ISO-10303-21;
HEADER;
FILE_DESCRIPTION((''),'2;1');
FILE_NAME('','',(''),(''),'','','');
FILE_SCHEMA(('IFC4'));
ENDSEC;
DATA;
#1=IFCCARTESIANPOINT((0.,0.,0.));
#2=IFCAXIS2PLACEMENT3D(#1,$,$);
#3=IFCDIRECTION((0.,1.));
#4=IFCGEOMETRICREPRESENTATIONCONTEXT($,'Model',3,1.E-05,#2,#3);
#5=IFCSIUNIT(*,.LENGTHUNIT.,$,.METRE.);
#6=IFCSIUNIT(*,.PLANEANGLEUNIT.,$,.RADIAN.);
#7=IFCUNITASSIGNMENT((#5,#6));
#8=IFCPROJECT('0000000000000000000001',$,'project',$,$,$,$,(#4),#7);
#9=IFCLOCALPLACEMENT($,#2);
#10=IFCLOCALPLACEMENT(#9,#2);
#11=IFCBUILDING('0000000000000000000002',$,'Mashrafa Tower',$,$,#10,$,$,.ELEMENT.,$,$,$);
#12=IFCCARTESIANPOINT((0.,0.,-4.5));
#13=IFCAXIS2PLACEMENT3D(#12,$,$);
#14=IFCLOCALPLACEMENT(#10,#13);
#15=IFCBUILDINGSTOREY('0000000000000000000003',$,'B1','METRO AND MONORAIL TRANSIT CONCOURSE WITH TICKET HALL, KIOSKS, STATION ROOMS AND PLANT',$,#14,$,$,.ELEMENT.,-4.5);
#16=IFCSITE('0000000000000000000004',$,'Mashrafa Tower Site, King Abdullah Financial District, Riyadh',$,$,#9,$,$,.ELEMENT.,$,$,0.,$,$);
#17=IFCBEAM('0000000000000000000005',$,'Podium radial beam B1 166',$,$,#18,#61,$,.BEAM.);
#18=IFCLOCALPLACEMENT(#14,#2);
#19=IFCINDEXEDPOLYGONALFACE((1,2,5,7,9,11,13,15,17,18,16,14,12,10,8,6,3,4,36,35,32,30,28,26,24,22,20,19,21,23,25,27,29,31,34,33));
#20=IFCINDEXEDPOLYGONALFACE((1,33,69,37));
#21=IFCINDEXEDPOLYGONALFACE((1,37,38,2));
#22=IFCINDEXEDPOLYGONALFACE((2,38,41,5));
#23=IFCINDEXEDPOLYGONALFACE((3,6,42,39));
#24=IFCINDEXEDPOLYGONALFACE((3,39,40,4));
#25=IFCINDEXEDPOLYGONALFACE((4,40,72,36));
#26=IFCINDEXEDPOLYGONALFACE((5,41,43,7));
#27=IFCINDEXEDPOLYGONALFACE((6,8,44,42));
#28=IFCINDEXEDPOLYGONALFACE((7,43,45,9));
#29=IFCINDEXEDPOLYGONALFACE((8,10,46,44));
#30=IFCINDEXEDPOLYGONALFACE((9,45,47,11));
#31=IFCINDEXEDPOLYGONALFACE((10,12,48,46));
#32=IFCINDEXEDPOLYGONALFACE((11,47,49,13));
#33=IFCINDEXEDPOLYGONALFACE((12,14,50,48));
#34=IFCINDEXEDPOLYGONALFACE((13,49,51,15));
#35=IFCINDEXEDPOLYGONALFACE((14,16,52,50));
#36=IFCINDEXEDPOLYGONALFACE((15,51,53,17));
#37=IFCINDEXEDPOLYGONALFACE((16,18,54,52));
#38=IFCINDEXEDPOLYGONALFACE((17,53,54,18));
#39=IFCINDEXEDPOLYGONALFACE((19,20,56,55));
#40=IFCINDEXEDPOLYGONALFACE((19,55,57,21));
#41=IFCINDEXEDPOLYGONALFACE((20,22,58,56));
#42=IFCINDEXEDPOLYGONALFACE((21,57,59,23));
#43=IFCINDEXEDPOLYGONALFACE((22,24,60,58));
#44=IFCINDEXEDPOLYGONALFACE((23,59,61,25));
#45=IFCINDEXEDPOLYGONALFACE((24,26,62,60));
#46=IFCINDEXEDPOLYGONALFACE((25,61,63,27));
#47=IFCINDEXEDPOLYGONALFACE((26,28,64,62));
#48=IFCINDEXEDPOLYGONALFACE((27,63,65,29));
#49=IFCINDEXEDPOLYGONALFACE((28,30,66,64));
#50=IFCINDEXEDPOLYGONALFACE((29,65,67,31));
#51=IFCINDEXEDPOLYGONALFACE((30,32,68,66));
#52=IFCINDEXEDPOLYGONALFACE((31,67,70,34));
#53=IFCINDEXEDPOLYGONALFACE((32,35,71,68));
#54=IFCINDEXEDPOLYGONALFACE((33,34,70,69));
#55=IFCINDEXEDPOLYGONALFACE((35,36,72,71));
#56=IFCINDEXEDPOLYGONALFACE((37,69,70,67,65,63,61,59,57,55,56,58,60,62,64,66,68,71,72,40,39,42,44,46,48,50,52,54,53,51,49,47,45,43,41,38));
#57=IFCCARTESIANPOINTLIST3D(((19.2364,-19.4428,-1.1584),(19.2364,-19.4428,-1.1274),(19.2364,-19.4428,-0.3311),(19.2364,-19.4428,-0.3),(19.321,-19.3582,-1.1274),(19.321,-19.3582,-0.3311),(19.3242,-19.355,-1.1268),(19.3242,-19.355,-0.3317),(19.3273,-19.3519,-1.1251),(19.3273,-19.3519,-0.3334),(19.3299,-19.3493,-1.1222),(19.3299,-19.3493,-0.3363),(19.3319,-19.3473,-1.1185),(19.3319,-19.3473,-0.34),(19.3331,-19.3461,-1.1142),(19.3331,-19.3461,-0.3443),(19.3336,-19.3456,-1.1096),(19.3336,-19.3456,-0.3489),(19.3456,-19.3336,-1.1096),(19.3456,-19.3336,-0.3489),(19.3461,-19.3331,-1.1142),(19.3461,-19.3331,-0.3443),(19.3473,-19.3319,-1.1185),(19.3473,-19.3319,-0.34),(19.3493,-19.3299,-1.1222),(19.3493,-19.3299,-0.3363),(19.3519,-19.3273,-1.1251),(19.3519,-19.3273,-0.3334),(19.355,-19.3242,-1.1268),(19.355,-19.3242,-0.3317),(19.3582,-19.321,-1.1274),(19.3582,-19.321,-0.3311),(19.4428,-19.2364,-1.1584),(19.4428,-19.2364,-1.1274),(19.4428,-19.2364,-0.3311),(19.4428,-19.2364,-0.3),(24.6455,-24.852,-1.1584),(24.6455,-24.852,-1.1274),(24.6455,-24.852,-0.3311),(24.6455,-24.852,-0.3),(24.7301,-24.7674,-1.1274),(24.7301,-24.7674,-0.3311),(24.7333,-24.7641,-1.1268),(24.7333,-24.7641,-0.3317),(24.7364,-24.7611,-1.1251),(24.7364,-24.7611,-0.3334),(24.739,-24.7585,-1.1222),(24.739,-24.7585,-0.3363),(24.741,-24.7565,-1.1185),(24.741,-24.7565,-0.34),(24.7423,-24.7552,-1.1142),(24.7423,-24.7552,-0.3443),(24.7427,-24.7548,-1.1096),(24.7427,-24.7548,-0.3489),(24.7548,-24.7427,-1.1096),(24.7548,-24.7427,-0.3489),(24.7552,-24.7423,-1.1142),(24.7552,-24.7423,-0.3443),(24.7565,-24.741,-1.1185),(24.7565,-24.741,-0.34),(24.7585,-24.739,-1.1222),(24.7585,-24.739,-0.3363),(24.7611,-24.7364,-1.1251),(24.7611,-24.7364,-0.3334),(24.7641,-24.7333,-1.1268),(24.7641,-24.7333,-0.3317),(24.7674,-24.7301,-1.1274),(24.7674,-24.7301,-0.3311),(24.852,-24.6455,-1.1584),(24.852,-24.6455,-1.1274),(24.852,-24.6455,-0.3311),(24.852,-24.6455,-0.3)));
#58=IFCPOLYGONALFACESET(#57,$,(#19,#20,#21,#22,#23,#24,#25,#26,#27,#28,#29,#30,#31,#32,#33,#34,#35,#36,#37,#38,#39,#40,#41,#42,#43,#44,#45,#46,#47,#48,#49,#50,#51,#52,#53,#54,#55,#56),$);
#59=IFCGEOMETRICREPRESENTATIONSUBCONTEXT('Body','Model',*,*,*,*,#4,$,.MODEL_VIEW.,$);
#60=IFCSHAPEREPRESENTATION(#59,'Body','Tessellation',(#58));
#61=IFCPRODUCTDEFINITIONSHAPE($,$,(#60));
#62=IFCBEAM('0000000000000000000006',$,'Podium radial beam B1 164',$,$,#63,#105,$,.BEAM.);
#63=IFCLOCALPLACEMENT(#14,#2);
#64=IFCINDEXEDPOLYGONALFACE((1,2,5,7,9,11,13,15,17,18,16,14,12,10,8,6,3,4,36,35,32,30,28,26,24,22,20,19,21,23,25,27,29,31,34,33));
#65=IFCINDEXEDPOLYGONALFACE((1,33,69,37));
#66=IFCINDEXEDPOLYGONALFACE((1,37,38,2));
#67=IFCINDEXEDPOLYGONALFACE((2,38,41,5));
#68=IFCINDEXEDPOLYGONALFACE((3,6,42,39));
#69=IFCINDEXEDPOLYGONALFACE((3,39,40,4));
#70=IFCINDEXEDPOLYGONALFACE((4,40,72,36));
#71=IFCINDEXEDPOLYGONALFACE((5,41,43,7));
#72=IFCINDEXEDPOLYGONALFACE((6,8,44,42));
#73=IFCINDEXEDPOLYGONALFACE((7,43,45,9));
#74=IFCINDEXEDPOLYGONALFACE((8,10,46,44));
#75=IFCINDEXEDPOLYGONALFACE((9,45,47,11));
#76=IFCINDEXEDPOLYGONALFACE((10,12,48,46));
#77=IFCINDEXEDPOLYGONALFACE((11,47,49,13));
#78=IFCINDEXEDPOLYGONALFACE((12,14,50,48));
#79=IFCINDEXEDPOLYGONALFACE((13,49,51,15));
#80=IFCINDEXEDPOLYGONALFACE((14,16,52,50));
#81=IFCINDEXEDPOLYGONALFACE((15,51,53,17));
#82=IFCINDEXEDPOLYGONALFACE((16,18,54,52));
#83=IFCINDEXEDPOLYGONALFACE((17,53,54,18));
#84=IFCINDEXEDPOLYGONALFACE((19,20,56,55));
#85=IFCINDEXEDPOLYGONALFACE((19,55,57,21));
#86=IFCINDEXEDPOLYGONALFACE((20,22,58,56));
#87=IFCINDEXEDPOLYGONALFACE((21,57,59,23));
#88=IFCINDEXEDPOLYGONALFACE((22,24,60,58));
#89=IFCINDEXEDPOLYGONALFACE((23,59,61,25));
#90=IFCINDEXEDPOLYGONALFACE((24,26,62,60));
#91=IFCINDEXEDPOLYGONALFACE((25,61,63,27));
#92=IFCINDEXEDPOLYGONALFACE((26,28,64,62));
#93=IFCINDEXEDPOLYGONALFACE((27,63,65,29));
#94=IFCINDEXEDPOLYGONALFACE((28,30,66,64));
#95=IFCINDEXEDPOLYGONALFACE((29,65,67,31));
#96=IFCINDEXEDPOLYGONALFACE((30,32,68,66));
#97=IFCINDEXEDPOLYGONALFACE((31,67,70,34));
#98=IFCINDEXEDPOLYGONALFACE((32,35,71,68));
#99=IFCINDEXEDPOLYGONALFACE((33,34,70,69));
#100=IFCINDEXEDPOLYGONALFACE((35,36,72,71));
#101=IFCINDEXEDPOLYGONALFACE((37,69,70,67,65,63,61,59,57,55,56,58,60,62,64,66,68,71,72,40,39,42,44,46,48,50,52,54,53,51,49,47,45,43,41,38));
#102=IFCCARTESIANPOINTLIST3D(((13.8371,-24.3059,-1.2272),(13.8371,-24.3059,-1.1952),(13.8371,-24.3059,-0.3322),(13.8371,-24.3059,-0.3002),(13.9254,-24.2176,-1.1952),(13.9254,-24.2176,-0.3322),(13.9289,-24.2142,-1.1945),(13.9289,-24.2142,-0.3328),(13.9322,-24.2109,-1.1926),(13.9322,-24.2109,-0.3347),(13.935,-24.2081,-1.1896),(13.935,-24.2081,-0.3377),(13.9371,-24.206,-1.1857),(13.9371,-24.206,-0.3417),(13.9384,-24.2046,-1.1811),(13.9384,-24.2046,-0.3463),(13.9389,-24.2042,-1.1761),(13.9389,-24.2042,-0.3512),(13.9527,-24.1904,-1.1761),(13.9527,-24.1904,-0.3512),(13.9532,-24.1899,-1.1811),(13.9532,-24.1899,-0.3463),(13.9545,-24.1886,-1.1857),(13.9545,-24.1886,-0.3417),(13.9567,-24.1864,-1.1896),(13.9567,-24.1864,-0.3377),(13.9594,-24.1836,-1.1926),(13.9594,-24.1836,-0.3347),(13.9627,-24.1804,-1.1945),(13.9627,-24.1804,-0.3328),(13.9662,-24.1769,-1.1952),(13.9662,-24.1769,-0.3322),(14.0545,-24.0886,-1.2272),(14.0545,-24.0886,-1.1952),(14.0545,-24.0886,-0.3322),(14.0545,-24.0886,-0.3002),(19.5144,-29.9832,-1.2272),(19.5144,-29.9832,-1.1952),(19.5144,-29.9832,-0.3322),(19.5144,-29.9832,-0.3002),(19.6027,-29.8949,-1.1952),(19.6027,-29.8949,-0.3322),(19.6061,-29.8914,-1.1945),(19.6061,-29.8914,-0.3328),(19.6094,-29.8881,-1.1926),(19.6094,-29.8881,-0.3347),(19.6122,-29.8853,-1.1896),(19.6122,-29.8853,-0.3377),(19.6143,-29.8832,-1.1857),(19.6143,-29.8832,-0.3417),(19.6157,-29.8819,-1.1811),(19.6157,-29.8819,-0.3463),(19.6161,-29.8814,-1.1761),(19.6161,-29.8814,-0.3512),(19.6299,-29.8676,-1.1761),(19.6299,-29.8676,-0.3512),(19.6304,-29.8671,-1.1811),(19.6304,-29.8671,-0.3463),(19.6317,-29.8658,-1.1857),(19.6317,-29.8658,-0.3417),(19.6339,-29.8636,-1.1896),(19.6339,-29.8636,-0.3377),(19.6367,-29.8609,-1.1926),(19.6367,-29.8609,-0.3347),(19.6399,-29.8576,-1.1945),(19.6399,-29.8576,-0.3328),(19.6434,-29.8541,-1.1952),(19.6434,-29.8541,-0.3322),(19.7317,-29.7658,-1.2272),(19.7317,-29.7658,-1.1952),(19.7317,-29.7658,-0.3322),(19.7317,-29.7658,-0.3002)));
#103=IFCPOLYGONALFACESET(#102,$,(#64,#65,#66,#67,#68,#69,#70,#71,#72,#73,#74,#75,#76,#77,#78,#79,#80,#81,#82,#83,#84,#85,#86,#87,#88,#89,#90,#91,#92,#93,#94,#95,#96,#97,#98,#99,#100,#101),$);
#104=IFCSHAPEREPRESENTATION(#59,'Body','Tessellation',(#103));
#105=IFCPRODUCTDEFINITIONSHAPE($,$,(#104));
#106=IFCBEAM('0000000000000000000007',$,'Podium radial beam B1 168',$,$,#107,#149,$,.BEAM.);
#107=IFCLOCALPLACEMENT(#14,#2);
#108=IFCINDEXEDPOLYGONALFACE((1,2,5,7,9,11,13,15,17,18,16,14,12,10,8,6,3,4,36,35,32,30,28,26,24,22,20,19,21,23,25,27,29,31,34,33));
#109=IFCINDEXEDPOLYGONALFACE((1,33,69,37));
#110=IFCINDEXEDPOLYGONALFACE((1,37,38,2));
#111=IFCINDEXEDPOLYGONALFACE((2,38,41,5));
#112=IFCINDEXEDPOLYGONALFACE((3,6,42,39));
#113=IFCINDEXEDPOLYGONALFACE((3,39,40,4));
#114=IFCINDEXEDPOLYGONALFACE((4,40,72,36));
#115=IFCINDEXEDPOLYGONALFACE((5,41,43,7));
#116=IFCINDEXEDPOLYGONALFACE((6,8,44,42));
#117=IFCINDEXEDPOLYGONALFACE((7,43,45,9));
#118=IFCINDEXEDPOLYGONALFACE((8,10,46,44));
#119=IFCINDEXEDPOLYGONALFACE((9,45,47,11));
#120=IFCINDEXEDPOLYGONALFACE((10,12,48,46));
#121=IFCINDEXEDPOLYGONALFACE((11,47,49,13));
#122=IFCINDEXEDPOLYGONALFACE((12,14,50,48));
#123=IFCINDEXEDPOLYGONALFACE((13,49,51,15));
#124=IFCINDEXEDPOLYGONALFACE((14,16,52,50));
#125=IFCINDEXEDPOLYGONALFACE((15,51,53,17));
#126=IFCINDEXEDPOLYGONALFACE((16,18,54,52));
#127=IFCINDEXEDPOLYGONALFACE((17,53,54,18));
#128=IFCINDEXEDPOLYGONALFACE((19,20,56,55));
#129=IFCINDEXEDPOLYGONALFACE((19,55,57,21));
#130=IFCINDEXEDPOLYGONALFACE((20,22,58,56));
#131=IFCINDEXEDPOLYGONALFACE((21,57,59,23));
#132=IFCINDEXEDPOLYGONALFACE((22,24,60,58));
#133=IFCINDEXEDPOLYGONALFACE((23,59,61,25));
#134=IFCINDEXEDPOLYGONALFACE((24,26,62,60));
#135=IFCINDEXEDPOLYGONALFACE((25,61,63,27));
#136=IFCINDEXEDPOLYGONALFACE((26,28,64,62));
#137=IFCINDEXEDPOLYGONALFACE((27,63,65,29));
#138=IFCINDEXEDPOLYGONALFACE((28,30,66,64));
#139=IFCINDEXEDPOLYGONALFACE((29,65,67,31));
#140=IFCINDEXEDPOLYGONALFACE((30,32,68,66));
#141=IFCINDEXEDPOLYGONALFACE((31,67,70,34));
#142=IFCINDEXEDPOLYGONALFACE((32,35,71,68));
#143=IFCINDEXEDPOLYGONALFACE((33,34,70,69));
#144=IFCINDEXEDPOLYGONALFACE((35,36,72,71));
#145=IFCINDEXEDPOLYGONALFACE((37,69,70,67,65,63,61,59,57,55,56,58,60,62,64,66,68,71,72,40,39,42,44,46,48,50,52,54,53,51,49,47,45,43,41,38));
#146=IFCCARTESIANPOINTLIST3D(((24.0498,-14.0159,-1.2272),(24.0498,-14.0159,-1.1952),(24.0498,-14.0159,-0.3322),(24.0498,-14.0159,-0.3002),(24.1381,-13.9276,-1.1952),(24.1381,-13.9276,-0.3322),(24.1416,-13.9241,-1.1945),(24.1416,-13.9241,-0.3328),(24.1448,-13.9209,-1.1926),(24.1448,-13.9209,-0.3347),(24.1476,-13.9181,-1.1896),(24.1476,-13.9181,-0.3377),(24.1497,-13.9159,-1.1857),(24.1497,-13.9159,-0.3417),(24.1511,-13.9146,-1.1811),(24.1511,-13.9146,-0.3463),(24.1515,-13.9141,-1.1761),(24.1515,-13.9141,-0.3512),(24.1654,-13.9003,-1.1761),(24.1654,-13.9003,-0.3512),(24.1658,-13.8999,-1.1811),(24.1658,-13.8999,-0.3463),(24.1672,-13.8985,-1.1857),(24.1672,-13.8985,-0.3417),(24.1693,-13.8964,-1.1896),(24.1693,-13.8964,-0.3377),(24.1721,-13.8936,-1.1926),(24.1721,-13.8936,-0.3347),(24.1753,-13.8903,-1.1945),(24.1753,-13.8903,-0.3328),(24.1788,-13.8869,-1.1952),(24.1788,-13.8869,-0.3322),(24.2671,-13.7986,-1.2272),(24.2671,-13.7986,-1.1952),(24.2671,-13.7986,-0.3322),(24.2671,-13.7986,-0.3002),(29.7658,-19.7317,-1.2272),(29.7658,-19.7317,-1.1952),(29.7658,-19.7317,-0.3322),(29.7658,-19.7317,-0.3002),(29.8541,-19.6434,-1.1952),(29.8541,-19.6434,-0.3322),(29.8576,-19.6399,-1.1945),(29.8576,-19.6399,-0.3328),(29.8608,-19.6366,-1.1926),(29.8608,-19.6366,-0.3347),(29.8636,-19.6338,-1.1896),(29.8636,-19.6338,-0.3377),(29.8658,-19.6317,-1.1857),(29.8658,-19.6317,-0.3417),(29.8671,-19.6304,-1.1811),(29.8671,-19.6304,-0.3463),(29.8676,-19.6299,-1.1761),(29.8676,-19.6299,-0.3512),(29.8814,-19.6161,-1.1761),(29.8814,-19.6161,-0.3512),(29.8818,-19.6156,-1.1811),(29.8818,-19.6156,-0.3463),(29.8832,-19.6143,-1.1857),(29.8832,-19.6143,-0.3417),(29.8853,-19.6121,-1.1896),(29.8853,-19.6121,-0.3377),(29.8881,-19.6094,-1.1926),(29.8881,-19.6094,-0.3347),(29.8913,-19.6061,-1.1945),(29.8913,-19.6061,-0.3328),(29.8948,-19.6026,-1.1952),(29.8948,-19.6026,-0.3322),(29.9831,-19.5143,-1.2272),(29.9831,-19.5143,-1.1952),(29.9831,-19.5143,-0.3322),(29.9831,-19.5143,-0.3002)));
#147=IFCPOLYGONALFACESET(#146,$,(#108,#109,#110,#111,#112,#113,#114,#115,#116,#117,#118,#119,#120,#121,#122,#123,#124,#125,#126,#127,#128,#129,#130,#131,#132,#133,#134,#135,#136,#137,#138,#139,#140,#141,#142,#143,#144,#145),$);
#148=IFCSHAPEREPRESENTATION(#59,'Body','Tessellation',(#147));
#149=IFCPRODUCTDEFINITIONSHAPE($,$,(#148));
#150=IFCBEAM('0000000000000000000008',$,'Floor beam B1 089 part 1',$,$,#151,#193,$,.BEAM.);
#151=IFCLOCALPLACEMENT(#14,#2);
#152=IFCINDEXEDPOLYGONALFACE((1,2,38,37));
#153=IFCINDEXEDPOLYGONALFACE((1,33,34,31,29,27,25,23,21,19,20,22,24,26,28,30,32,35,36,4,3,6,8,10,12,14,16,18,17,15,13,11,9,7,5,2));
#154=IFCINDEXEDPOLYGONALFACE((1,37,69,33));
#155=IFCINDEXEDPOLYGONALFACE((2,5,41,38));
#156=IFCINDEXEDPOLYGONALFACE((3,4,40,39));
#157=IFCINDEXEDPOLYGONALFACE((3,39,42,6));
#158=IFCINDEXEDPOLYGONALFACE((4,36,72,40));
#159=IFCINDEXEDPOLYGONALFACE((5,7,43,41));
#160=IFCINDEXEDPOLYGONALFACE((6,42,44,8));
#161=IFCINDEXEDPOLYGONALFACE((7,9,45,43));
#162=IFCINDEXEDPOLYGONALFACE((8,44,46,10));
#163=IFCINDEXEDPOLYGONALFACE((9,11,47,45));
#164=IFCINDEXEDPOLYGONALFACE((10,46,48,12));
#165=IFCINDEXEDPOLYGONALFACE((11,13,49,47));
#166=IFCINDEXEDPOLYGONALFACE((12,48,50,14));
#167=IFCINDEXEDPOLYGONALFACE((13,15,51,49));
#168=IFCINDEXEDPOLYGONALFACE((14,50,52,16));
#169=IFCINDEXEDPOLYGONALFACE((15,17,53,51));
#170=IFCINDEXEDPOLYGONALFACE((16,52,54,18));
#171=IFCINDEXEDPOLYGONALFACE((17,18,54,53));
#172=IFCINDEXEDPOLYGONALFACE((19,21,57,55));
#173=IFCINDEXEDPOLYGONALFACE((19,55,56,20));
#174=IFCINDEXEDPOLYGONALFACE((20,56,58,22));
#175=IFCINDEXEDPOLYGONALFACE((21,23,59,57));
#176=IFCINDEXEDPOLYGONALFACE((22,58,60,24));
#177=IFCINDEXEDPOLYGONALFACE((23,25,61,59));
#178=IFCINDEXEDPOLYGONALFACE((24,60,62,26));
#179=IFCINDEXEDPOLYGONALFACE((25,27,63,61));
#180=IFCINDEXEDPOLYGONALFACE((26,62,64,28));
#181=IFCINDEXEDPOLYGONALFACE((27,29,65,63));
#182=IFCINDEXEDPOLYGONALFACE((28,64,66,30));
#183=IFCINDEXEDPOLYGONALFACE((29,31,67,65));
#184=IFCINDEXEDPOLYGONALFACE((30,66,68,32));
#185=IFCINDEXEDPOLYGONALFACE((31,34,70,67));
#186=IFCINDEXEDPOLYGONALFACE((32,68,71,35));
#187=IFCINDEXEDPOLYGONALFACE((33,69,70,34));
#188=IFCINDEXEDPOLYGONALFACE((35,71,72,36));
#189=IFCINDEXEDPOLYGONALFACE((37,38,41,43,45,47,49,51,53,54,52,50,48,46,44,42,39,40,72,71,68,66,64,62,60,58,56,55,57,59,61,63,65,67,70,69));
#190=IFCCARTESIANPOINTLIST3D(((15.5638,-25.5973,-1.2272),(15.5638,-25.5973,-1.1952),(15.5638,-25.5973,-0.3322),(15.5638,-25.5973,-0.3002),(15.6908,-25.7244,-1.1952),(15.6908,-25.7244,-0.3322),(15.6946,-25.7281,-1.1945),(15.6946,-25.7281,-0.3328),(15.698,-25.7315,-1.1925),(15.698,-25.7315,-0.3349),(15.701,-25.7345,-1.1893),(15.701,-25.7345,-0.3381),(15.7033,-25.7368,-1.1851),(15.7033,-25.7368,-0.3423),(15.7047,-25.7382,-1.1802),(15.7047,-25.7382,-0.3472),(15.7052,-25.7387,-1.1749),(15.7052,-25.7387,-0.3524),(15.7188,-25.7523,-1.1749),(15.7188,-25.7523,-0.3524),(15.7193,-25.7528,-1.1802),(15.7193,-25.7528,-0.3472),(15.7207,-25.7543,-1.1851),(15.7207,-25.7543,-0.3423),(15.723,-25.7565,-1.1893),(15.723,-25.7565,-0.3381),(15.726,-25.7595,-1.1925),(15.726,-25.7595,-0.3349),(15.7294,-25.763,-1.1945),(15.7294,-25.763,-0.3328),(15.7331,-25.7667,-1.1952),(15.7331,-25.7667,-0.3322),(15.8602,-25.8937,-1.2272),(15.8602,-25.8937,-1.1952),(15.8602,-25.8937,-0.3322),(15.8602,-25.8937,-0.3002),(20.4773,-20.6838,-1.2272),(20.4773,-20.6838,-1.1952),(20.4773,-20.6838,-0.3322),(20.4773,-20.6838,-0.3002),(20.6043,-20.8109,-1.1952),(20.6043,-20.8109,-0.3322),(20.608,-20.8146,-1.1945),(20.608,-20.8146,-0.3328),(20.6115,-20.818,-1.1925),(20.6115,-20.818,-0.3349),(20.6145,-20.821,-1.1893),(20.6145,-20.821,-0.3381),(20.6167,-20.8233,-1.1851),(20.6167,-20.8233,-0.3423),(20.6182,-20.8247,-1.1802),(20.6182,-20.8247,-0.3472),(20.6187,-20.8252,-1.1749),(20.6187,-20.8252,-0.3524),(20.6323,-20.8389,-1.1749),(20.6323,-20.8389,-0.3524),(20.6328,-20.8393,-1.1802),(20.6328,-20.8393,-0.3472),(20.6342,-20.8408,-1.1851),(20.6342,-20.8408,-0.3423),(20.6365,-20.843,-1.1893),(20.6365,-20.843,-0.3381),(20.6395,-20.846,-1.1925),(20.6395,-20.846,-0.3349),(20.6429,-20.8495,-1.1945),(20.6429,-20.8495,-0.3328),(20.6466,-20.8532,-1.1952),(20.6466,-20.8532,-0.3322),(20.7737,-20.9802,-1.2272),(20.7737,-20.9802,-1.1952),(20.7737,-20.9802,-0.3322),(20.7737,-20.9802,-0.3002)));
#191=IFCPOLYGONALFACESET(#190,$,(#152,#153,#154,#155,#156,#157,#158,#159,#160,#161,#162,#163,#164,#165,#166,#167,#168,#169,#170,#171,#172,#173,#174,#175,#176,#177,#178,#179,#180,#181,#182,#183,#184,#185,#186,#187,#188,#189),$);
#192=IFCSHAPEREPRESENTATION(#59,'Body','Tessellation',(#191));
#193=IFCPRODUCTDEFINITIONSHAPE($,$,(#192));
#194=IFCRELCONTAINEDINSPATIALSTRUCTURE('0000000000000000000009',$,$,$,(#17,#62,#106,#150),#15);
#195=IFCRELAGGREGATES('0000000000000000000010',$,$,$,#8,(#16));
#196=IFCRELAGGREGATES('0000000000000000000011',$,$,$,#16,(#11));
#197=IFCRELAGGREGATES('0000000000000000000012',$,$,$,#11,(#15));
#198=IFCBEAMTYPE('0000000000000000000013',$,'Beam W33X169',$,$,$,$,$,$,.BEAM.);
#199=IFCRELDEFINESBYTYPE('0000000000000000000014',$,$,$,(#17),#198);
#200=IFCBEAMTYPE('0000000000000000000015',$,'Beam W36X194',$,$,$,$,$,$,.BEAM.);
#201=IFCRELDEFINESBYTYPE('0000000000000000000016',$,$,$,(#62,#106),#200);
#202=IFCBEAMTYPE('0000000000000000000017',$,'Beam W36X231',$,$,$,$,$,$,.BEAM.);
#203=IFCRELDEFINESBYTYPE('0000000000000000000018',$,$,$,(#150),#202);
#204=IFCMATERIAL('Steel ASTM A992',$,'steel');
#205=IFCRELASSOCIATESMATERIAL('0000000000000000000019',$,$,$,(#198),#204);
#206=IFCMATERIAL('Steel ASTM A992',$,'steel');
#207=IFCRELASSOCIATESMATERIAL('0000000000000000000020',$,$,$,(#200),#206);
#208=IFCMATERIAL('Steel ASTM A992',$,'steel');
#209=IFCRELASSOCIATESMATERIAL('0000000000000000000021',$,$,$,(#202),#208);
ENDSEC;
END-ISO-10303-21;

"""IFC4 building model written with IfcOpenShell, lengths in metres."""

from ifc_helpers import new_model, si_unit, direction, frame, origin, origin_2d, place, context, subcontext, project, spatial, i_section, extrude, material, material_profile, profile_set, type_object, element, save


model = new_model("IFC4")

# Units and contexts
model_context = context("Model", 3, precision=1e-05, world=origin(), true_north=direction((0.0, 1.0)))
body_context = subcontext(model_context, "Body", "Model", "MODEL_VIEW")
ifc_project = project(units=[si_unit("LENGTHUNIT", "METRE"), si_unit("PLANEANGLEUNIT", "RADIAN")], contexts=[model_context])

# Site, building, storey
site_placement = place(None, origin())
site = spatial("IfcSite", under=ifc_project, at=site_placement, Name="Mashrafa Tower Site, King Abdullah Financial District, Riyadh", CompositionType="ELEMENT", RefElevation=0.0)
building_placement = place(site_placement, origin())
building = spatial("IfcBuilding", under=site, at=building_placement, Name="Mashrafa Tower", CompositionType="ELEMENT")
storey_placement = place(building_placement, frame((0.0, 0.0, -4.5)))
storey = spatial("IfcBuildingStorey", under=building, at=storey_placement, Name="B1", Description="METRO AND MONORAIL TRANSIT CONCOURSE WITH TICKET HALL, KIOSKS, STATION ROOMS AND PLANT", CompositionType="ELEMENT", Elevation=-4.5)

# Beams
ifc_material_1 = material(Name="Steel ASTM A992", Category="steel")
ifc_material_profile_1 = material_profile(ifc_material_1, i_section(OverallWidth=0.292, OverallDepth=0.8584, WebThickness=0.0171, FlangeThickness=0.031, FilletRadius=0.0178, at=origin_2d()), Name="W33X169")
ifc_profile_set_1 = profile_set([ifc_material_profile_1], Name="Steel ASTM A992")
beam_type_1 = type_object("IfcBeamType", Name="Beam W33X169", PredefinedType="BEAM", material=ifc_profile_set_1)
beam_1_placement = place(storey_placement, frame((19.3396, -19.3396, -0.7292), z_axis=(0.707107, -0.707107, 0.0), x_axis=(0.707107, 0.707107, 0.0)))
element("IfcBeam", 1, at=beam_1_placement, inside=storey, type_object=beam_type_1, Name="Podium radial beam B1 166", PredefinedType="BEAM", context=body_context, shape_type="SweptSolid", body=[
    extrude(i_section(OverallWidth=0.292, OverallDepth=0.8584, WebThickness=0.0171, FlangeThickness=0.031, FilletRadius=0.0178, at=origin_2d()), origin(), (0.0, 0.0, 1.0), 7.6497),
])
ifc_material_2 = material(Name="Steel ASTM A992", Category="steel")
ifc_material_profile_2 = material_profile(ifc_material_2, i_section(OverallWidth=0.3074, OverallDepth=0.927, WebThickness=0.0195, FlangeThickness=0.032, FilletRadius=0.019, at=origin_2d()), Name="W36X194")
ifc_profile_set_2 = profile_set([ifc_material_profile_2], Name="Steel ASTM A992")
beam_type_2 = type_object("IfcBeamType", Name="Beam W36X194", PredefinedType="BEAM", material=ifc_profile_set_2)
beam_2_placement = place(storey_placement, frame((13.9458, -24.1973, -0.7637), z_axis=(0.707107, -0.707107, 0.0), x_axis=(0.707107, 0.707107, 0.0)))
element("IfcBeam", 2, at=beam_2_placement, inside=storey, type_object=beam_type_2, Name="Podium radial beam B1 164", PredefinedType="BEAM", context=body_context, shape_type="SweptSolid", body=[
    extrude(i_section(OverallWidth=0.3074, OverallDepth=0.927, WebThickness=0.0195, FlangeThickness=0.032, FilletRadius=0.019, at=origin_2d()), origin(), (0.0, 0.0, 1.0), 8.0288),
])
beam_3_placement = place(storey_placement, frame((24.1584, -13.9072, -0.7637), z_axis=(0.707122, -0.707092, 0.0), x_axis=(0.707092, 0.707122, 0.0)))
element("IfcBeam", 3, at=beam_3_placement, inside=storey, type_object=beam_type_2, Name="Podium radial beam B1 168", PredefinedType="BEAM", context=body_context, shape_type="SweptSolid", body=[
    extrude(i_section(OverallWidth=0.3074, OverallDepth=0.927, WebThickness=0.0195, FlangeThickness=0.032, FilletRadius=0.019, at=origin_2d()), origin(), (0.0, 0.0, 1.0), 8.0835),
])
ifc_material_3 = material(Name="Steel ASTM A992", Category="steel")
ifc_material_profile_3 = material_profile(ifc_material_3, i_section(OverallWidth=0.4192, OverallDepth=0.927, WebThickness=0.0193, FlangeThickness=0.032, FilletRadius=0.0203, at=origin_2d()), Name="W36X231")
ifc_profile_set_3 = profile_set([ifc_material_profile_3], Name="Steel ASTM A992")
beam_type_3 = type_object("IfcBeamType", Name="Beam W36X231", PredefinedType="BEAM", material=ifc_profile_set_3)
beam_4_placement = place(storey_placement, frame((20.6255, -20.832, -0.7637), z_axis=(-0.707107, -0.707107, 0.0), x_axis=(0.707107, -0.707107, 0.0)))
element("IfcBeam", 4, at=beam_4_placement, inside=storey, type_object=beam_type_3, Name="Floor beam B1 089 part 1", PredefinedType="BEAM", context=body_context, shape_type="SweptSolid", body=[
    extrude(i_section(OverallWidth=0.4192, OverallDepth=0.927, WebThickness=0.0193, FlangeThickness=0.032, FilletRadius=0.0203, at=origin_2d()), origin(), (0.0, 0.0, 1.0), 6.9487),
])

save(model, "model.ifc")
